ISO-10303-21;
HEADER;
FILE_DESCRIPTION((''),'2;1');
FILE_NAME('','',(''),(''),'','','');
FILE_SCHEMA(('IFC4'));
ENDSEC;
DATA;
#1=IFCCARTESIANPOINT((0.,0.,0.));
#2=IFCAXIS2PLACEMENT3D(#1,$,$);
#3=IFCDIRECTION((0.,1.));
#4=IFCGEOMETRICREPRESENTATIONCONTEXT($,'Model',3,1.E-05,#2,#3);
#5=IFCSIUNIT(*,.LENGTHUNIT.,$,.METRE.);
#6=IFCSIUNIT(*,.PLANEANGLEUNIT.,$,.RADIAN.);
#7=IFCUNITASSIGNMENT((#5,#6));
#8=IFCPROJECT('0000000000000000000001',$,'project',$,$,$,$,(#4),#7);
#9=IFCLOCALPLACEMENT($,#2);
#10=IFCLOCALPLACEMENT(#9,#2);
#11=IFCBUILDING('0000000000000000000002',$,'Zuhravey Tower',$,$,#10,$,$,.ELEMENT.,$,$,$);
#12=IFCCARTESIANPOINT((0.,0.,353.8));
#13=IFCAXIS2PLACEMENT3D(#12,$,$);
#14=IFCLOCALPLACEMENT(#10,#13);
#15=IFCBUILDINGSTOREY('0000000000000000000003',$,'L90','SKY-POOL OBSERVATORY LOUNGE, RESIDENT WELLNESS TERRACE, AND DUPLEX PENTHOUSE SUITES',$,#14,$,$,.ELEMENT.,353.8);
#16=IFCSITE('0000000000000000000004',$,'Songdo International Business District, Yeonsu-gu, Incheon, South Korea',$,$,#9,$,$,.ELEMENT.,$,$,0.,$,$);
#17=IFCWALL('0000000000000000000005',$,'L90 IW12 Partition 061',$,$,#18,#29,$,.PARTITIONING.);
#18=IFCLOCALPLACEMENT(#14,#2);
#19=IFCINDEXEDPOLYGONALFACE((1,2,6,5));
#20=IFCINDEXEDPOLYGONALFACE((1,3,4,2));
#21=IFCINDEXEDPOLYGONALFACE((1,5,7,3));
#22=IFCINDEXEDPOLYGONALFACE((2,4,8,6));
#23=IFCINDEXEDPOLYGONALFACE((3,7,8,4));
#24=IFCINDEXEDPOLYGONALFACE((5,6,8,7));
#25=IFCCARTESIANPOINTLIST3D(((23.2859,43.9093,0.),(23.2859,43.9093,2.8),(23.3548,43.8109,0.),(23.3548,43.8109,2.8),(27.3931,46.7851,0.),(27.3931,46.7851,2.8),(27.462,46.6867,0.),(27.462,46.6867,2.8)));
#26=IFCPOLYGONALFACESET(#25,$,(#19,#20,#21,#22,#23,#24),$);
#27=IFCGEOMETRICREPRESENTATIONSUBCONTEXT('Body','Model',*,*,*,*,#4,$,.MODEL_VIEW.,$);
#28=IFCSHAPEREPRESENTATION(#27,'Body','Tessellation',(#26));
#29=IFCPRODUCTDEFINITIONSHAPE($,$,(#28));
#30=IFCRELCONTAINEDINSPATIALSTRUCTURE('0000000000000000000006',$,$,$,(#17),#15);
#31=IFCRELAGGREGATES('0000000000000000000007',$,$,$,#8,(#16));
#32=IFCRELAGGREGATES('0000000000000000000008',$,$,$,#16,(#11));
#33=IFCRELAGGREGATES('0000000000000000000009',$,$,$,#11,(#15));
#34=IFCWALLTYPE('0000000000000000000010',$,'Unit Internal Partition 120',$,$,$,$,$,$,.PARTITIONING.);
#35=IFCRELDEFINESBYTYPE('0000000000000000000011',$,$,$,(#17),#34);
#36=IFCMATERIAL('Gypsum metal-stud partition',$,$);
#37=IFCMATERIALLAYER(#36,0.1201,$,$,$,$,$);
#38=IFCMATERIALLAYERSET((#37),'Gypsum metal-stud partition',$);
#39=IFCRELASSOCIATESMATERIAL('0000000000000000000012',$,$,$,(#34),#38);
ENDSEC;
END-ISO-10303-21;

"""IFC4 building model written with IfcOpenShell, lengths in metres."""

from ifc_helpers import new_model, si_unit, direction, frame, frame_2d, origin, place, context, subcontext, project, spatial, rectangle, extrude, material, layer, layer_set, type_object, element, save


model = new_model("IFC4")

# Units and contexts
model_context = context("Model", 3, precision=1e-05, world=origin(), true_north=direction((0.0, 1.0)))
body_context = subcontext(model_context, "Body", "Model", "MODEL_VIEW")
ifc_project = project(units=[si_unit("LENGTHUNIT", "METRE"), si_unit("PLANEANGLEUNIT", "RADIAN")], contexts=[model_context])

# Site, building, storey
site_placement = place(None, origin())
site = spatial("IfcSite", under=ifc_project, at=site_placement, Name="Songdo International Business District, Yeonsu-gu, Incheon, South Korea", CompositionType="ELEMENT", RefElevation=0.0)
building_placement = place(site_placement, origin())
building = spatial("IfcBuilding", under=site, at=building_placement, Name="Zuhravey Tower", CompositionType="ELEMENT")
storey_placement = place(building_placement, frame((0.0, 0.0, 353.8)))
storey = spatial("IfcBuildingStorey", under=building, at=storey_placement, Name="L90", Description="SKY-POOL OBSERVATORY LOUNGE, RESIDENT WELLNESS TERRACE, AND DUPLEX PENTHOUSE SUITES", CompositionType="ELEMENT", Elevation=353.8)

# Shared definitions
ifc_material_1 = material(Name="Gypsum metal-stud partition")
ifc_layer_1 = layer(ifc_material_1, 0.1201)
ifc_layer_set_1 = layer_set([ifc_layer_1], Name="Gypsum metal-stud partition")
wall_type_1 = type_object("IfcWallType", Name="Unit Internal Partition 120", PredefinedType="PARTITIONING", material=ifc_layer_set_1)

# Wall
wall_1_placement = place(storey_placement, frame((27.4275, 46.7358, 0.0), z_axis=(0.0, 0.0, 1.0), x_axis=(-0.819166, -0.573557, 0.0)))
element("IfcWall", 1, at=wall_1_placement, inside=storey, type_object=wall_type_1, Name="L90 IW12 Partition 061", PredefinedType="PARTITIONING", context=body_context, shape_type="SweptSolid", body=[
    extrude(rectangle(XDim=5.0139, YDim=0.1201, at=frame_2d((2.5068, 0.0))), origin(), (0.0, 0.0, 1.0), 2.8),
])

save(model, "model.ifc")
